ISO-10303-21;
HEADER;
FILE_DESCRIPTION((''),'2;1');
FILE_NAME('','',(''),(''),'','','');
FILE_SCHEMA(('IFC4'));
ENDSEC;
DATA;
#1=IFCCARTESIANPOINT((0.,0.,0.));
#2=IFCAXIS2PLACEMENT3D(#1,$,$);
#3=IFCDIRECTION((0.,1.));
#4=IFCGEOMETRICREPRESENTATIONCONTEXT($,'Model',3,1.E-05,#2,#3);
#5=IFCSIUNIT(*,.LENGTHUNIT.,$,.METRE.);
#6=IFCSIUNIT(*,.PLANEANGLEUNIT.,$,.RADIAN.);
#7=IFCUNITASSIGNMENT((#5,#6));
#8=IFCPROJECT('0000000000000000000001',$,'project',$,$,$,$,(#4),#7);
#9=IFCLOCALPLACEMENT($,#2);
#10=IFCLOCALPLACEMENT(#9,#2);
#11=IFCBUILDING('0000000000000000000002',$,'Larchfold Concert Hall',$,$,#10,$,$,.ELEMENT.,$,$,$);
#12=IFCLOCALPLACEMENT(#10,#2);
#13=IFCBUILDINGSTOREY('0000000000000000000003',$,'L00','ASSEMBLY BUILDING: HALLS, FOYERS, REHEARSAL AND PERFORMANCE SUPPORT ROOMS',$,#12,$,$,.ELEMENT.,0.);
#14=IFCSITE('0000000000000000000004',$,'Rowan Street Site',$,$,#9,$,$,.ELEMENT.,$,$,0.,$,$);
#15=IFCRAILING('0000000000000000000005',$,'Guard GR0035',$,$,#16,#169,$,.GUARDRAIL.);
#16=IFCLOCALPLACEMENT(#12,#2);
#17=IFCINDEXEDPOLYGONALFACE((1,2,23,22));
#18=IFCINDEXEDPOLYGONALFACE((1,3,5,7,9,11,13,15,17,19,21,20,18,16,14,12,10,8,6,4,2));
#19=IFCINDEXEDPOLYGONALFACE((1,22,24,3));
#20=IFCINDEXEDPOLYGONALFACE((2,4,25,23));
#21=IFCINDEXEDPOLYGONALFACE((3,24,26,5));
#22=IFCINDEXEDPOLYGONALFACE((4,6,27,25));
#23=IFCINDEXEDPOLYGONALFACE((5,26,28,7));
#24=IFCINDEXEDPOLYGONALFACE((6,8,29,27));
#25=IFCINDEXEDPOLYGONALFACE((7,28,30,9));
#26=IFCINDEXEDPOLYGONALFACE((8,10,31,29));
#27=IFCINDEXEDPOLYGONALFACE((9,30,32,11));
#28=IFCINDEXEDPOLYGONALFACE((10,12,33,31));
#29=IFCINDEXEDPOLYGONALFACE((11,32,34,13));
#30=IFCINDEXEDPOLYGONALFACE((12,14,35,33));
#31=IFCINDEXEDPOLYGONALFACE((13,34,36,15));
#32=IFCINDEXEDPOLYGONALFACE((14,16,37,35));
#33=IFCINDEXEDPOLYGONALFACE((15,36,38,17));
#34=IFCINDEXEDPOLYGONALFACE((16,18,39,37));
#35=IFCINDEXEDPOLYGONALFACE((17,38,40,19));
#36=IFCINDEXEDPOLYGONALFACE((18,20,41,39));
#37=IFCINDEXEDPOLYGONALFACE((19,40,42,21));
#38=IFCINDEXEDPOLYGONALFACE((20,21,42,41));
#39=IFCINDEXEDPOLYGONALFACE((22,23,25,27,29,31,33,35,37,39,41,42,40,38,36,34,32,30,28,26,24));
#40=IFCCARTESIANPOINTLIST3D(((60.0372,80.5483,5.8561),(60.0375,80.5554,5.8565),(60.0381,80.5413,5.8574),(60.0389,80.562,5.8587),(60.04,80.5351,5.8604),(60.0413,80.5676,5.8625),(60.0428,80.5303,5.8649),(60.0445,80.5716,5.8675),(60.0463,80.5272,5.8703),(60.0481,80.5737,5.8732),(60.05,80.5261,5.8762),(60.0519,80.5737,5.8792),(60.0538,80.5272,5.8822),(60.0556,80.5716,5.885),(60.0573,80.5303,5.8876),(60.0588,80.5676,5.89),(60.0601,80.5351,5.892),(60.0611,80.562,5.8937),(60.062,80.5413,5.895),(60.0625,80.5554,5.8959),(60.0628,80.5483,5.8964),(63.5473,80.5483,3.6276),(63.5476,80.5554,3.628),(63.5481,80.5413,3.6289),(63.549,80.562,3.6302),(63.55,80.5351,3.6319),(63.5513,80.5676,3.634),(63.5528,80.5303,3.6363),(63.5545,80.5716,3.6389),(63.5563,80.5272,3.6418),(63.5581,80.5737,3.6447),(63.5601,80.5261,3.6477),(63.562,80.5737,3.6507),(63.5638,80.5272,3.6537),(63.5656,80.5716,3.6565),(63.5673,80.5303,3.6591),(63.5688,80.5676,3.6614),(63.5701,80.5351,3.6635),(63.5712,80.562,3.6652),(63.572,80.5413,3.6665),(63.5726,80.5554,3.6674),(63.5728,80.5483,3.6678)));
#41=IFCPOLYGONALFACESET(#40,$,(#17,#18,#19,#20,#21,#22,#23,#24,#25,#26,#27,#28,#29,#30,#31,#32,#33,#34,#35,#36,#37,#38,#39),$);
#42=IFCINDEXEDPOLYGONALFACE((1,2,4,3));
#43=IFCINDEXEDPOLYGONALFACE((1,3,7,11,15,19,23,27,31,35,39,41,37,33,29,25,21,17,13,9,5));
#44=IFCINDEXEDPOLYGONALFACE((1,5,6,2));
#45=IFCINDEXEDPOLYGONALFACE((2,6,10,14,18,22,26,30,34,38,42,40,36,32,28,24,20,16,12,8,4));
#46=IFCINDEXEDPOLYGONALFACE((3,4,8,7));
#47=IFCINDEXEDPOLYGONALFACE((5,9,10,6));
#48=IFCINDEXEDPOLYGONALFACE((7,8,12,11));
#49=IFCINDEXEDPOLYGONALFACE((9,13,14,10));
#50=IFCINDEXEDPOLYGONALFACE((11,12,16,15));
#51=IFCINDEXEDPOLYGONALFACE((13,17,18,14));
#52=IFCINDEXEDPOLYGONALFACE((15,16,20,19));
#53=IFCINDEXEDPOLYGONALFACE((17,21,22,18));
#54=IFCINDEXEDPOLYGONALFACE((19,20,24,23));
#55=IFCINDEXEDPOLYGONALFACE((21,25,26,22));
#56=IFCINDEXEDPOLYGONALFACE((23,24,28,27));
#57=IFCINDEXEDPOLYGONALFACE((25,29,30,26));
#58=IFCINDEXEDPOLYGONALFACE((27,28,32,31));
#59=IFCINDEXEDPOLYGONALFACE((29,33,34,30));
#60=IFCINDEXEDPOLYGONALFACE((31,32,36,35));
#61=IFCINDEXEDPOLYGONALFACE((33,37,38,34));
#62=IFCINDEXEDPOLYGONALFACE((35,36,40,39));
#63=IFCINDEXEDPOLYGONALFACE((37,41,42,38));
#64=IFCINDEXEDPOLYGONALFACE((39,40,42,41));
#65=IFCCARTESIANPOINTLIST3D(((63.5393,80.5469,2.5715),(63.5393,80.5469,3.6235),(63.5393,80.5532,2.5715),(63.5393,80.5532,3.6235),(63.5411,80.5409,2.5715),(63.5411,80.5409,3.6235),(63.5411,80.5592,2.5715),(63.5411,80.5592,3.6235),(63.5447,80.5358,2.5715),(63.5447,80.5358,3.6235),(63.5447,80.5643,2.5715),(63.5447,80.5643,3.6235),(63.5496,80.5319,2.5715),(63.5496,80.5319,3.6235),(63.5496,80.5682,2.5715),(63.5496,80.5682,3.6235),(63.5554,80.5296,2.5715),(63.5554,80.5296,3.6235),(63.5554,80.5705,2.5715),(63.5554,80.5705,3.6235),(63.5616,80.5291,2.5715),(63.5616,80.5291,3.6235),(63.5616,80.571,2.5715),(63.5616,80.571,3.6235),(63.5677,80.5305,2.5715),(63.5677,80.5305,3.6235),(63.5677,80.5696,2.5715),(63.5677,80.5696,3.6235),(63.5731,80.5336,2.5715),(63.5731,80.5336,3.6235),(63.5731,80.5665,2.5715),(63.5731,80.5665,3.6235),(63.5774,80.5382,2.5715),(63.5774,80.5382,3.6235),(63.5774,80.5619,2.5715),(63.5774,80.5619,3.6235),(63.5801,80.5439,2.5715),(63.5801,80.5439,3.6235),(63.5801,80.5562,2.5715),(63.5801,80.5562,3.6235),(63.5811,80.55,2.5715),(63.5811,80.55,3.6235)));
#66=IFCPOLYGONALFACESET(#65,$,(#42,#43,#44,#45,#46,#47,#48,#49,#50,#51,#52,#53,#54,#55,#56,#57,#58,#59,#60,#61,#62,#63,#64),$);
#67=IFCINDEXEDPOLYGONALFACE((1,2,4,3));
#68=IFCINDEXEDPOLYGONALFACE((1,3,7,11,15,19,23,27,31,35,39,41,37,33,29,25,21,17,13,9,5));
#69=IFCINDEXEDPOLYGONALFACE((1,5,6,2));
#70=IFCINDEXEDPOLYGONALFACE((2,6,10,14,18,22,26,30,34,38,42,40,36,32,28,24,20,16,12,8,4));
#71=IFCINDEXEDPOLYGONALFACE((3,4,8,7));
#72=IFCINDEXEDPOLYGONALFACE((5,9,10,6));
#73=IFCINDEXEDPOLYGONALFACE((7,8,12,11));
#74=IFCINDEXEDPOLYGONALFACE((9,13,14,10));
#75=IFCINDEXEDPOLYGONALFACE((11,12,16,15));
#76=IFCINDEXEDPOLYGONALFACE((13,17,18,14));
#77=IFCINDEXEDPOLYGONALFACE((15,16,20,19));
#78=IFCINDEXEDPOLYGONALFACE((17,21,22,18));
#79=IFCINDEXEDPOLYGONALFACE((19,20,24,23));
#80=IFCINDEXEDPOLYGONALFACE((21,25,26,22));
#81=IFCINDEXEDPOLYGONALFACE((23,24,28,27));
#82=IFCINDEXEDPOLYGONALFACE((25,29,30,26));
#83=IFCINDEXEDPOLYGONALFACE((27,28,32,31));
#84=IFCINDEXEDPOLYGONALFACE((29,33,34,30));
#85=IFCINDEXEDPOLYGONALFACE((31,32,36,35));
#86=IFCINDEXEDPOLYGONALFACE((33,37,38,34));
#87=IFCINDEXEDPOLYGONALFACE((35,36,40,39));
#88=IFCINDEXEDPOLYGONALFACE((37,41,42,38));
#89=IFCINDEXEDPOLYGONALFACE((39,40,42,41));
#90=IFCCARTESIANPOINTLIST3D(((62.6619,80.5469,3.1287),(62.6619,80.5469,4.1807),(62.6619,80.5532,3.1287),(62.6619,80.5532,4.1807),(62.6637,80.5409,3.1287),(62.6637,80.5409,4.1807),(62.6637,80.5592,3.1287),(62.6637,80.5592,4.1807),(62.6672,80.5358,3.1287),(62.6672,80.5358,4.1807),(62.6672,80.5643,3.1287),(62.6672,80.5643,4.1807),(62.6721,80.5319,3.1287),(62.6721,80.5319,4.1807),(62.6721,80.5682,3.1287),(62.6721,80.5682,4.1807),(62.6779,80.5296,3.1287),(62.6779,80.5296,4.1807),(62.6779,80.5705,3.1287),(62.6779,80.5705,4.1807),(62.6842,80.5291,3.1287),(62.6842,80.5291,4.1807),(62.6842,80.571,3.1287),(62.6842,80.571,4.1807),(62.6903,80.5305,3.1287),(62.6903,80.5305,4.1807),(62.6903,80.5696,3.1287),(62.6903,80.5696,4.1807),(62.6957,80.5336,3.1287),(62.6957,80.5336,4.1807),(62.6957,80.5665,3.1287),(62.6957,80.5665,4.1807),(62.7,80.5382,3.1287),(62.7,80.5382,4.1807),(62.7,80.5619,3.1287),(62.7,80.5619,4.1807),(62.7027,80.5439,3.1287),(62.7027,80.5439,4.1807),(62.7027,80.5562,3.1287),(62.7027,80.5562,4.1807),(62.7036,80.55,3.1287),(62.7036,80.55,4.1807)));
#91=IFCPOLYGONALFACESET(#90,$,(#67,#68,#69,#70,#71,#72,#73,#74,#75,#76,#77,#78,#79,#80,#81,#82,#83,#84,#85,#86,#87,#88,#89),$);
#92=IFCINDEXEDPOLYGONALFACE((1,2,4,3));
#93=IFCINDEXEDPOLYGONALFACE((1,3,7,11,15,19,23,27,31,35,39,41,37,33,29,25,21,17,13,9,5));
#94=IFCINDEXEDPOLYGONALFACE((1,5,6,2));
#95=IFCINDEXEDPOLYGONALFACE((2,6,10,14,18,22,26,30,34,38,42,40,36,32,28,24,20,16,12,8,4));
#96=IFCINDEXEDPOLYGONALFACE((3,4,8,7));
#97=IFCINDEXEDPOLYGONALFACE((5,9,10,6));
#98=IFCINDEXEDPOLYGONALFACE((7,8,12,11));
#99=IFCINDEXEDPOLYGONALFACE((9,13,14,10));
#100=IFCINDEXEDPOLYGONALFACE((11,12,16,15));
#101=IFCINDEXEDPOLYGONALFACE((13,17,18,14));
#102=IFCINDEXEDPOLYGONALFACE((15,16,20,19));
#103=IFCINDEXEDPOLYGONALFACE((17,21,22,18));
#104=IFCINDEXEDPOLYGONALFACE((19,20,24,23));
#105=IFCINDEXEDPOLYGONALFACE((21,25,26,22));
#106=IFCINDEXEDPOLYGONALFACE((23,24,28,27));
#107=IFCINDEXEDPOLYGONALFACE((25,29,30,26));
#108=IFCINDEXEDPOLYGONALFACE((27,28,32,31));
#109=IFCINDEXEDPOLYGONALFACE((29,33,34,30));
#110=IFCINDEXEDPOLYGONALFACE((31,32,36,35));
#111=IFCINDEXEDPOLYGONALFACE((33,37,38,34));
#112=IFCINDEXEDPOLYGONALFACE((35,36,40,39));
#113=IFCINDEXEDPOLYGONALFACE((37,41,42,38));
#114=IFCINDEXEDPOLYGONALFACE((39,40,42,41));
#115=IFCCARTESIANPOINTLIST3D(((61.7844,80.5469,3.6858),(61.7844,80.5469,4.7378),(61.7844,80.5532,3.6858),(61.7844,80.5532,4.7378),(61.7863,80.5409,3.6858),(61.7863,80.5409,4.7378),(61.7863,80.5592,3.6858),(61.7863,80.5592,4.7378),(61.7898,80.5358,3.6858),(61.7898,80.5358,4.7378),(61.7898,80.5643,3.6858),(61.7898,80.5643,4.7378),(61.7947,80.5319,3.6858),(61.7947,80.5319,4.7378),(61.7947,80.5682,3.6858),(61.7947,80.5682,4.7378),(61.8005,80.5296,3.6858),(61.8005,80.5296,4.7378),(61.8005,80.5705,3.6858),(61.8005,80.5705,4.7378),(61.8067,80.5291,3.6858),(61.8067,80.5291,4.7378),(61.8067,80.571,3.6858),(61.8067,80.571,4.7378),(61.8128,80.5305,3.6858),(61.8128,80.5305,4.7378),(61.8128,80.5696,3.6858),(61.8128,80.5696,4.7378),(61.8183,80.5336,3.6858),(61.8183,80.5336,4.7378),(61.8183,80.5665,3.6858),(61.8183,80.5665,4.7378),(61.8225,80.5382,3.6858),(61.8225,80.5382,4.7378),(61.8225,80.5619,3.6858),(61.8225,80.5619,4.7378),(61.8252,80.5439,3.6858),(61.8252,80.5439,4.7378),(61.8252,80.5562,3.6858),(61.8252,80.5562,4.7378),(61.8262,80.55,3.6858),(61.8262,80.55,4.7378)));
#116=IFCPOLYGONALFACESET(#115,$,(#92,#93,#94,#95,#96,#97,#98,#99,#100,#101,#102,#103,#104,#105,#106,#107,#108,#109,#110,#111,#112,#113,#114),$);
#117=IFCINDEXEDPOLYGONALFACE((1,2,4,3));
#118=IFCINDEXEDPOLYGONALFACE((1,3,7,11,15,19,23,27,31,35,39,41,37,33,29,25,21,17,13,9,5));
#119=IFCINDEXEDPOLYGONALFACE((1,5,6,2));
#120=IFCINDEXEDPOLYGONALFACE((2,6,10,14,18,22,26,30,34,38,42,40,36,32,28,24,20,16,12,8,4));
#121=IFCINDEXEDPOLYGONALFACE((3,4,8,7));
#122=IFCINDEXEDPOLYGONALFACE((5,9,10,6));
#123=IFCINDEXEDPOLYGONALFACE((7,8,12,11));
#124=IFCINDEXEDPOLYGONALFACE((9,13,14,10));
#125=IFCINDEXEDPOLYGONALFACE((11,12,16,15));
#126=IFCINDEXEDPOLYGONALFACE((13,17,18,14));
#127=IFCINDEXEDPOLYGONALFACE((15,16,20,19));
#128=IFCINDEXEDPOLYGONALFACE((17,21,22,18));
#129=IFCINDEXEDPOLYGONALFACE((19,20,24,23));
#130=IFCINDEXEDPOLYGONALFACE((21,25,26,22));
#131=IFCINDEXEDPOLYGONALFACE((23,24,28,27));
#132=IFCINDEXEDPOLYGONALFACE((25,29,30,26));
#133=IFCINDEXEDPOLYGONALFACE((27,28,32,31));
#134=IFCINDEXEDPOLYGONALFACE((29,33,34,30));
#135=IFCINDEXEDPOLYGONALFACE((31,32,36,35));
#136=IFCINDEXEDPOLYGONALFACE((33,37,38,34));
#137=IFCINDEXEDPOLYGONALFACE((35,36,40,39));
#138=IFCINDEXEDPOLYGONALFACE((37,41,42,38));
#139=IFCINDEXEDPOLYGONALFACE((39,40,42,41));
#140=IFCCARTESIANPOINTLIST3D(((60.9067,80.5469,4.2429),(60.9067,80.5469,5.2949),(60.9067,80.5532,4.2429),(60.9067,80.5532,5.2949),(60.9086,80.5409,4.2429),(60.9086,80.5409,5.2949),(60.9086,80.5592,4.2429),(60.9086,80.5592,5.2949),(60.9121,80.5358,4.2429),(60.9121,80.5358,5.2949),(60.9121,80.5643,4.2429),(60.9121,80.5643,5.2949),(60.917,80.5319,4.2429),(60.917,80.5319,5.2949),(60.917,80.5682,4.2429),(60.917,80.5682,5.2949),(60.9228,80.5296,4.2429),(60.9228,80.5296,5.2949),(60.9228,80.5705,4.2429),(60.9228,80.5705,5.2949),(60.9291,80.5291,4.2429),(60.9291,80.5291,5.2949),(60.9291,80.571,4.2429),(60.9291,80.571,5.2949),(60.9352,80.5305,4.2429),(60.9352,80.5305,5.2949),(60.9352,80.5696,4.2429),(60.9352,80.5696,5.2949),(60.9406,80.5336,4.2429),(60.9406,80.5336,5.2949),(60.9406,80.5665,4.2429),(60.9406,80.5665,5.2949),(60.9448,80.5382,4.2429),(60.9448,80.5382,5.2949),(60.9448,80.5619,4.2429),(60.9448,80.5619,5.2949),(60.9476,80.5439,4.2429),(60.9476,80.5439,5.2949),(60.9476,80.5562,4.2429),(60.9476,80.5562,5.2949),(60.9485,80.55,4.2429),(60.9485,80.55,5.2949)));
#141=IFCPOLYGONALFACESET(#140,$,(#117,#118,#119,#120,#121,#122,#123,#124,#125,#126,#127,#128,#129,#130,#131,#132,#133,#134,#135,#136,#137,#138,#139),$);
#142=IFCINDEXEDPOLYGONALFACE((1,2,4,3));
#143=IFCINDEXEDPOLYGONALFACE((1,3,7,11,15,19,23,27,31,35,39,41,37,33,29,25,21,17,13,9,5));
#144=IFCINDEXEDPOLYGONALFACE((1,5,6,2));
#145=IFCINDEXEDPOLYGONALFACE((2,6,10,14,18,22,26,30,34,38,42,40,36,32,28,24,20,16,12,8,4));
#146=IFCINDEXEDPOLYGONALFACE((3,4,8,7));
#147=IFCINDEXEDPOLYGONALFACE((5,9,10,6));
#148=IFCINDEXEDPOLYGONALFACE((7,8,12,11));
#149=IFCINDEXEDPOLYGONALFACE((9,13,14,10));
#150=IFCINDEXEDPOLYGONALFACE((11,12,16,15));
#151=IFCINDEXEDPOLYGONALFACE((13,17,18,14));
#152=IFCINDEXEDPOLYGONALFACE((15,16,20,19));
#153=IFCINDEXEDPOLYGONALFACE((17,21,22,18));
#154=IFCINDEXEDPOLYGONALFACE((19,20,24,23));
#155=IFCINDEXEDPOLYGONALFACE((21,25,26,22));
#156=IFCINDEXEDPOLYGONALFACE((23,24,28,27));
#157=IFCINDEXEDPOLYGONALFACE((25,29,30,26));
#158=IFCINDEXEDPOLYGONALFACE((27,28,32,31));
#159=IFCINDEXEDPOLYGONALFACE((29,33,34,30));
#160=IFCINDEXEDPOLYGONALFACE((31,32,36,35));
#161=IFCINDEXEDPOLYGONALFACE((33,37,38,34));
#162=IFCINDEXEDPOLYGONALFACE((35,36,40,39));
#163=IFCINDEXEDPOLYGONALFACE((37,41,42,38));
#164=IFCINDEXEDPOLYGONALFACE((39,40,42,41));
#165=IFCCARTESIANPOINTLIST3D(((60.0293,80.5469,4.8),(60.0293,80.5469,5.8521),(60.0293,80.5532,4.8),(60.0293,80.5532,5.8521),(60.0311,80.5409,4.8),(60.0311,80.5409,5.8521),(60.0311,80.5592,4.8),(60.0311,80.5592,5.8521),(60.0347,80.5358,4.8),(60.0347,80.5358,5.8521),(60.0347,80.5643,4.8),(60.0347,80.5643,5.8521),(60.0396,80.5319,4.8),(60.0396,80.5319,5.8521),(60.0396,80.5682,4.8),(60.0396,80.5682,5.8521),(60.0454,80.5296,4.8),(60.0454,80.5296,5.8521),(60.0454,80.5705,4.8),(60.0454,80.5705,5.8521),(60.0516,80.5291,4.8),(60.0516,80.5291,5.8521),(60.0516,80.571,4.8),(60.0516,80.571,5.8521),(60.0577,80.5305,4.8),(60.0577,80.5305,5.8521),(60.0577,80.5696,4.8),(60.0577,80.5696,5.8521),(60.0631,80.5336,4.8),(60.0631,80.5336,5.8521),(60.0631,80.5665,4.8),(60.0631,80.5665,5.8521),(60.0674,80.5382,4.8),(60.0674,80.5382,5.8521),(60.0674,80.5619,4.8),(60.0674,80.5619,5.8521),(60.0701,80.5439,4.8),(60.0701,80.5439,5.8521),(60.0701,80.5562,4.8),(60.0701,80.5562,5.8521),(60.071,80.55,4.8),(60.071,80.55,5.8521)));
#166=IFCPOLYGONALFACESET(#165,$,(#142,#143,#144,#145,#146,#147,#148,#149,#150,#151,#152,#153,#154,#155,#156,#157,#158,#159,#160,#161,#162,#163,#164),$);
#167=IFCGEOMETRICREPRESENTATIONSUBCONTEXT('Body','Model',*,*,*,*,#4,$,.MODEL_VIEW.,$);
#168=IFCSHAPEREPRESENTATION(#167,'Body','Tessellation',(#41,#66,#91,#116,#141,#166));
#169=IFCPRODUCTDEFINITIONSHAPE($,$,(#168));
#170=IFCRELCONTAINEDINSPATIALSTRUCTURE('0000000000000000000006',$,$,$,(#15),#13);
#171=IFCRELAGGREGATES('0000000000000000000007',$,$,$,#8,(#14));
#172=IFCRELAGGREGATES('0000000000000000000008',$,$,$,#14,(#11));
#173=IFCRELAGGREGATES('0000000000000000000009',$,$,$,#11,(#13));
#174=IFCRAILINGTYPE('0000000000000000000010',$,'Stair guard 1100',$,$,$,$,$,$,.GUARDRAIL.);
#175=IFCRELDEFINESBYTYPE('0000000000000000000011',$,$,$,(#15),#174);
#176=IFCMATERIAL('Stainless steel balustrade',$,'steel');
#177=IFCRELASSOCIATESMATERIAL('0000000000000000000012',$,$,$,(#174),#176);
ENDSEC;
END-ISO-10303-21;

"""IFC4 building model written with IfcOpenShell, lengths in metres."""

from ifc_helpers import new_model, si_unit, direction, frame, origin, origin_2d, place, context, subcontext, project, spatial, circle, extrude, material, type_object, element, save


model = new_model("IFC4")

# Units and contexts
model_context = context("Model", 3, precision=1e-05, world=origin(), true_north=direction((0.0, 1.0)))
body_context = subcontext(model_context, "Body", "Model", "MODEL_VIEW")
ifc_project = project(units=[si_unit("LENGTHUNIT", "METRE"), si_unit("PLANEANGLEUNIT", "RADIAN")], contexts=[model_context])

# Site, building, storey
site_placement = place(None, origin())
site = spatial("IfcSite", under=ifc_project, at=site_placement, Name="Rowan Street Site", CompositionType="ELEMENT", RefElevation=0.0)
building_placement = place(site_placement, origin())
building = spatial("IfcBuilding", under=site, at=building_placement, Name="Larchfold Concert Hall", CompositionType="ELEMENT")
storey_placement = place(building_placement, origin())
storey = spatial("IfcBuildingStorey", under=building, at=storey_placement, Name="L00", Description="ASSEMBLY BUILDING: HALLS, FOYERS, REHEARSAL AND PERFORMANCE SUPPORT ROOMS", CompositionType="ELEMENT", Elevation=0.0)

# Railing
ifc_material_1 = material(Name="Stainless steel balustrade", Category="steel")
railing_type_1 = type_object("IfcRailingType", Name="Stair guard 1100", PredefinedType="GUARDRAIL", material=ifc_material_1)
railing_1_placement = place(storey_placement, frame((63.5601, 80.55, 2.5715)))
element("IfcRailing", 1, at=railing_1_placement, inside=storey, type_object=railing_type_1, Name="Guard GR0035", PredefinedType="GUARDRAIL", context=body_context, shape_type="SweptSolid", body=[
    extrude(circle(Radius=0.0239, at=origin_2d()), frame((0.0, 0.0, 1.0762), z_axis=(-0.84422, 0.0, 0.535998), x_axis=(0.0, -1.0, 0.0)), (0.0, 0.0, 1.0), 4.1577),
    extrude(circle(Radius=0.021, at=origin_2d()), origin(), (0.0, 0.0, 1.0), 1.052),
    extrude(circle(Radius=0.021, at=origin_2d()), frame((-0.8774, 0.0, 0.5571)), (0.0, 0.0, 1.0), 1.052),
    extrude(circle(Radius=0.021, at=origin_2d()), frame((-1.7549, 0.0, 1.1143)), (0.0, 0.0, 1.0), 1.052),
    extrude(circle(Radius=0.021, at=origin_2d()), frame((-2.6326, 0.0, 1.6714)), (0.0, 0.0, 1.0), 1.052),
    extrude(circle(Radius=0.021, at=origin_2d()), frame((-3.51, 0.0, 2.2285)), (0.0, 0.0, 1.0), 1.052),
])

save(model, "model.ifc")
